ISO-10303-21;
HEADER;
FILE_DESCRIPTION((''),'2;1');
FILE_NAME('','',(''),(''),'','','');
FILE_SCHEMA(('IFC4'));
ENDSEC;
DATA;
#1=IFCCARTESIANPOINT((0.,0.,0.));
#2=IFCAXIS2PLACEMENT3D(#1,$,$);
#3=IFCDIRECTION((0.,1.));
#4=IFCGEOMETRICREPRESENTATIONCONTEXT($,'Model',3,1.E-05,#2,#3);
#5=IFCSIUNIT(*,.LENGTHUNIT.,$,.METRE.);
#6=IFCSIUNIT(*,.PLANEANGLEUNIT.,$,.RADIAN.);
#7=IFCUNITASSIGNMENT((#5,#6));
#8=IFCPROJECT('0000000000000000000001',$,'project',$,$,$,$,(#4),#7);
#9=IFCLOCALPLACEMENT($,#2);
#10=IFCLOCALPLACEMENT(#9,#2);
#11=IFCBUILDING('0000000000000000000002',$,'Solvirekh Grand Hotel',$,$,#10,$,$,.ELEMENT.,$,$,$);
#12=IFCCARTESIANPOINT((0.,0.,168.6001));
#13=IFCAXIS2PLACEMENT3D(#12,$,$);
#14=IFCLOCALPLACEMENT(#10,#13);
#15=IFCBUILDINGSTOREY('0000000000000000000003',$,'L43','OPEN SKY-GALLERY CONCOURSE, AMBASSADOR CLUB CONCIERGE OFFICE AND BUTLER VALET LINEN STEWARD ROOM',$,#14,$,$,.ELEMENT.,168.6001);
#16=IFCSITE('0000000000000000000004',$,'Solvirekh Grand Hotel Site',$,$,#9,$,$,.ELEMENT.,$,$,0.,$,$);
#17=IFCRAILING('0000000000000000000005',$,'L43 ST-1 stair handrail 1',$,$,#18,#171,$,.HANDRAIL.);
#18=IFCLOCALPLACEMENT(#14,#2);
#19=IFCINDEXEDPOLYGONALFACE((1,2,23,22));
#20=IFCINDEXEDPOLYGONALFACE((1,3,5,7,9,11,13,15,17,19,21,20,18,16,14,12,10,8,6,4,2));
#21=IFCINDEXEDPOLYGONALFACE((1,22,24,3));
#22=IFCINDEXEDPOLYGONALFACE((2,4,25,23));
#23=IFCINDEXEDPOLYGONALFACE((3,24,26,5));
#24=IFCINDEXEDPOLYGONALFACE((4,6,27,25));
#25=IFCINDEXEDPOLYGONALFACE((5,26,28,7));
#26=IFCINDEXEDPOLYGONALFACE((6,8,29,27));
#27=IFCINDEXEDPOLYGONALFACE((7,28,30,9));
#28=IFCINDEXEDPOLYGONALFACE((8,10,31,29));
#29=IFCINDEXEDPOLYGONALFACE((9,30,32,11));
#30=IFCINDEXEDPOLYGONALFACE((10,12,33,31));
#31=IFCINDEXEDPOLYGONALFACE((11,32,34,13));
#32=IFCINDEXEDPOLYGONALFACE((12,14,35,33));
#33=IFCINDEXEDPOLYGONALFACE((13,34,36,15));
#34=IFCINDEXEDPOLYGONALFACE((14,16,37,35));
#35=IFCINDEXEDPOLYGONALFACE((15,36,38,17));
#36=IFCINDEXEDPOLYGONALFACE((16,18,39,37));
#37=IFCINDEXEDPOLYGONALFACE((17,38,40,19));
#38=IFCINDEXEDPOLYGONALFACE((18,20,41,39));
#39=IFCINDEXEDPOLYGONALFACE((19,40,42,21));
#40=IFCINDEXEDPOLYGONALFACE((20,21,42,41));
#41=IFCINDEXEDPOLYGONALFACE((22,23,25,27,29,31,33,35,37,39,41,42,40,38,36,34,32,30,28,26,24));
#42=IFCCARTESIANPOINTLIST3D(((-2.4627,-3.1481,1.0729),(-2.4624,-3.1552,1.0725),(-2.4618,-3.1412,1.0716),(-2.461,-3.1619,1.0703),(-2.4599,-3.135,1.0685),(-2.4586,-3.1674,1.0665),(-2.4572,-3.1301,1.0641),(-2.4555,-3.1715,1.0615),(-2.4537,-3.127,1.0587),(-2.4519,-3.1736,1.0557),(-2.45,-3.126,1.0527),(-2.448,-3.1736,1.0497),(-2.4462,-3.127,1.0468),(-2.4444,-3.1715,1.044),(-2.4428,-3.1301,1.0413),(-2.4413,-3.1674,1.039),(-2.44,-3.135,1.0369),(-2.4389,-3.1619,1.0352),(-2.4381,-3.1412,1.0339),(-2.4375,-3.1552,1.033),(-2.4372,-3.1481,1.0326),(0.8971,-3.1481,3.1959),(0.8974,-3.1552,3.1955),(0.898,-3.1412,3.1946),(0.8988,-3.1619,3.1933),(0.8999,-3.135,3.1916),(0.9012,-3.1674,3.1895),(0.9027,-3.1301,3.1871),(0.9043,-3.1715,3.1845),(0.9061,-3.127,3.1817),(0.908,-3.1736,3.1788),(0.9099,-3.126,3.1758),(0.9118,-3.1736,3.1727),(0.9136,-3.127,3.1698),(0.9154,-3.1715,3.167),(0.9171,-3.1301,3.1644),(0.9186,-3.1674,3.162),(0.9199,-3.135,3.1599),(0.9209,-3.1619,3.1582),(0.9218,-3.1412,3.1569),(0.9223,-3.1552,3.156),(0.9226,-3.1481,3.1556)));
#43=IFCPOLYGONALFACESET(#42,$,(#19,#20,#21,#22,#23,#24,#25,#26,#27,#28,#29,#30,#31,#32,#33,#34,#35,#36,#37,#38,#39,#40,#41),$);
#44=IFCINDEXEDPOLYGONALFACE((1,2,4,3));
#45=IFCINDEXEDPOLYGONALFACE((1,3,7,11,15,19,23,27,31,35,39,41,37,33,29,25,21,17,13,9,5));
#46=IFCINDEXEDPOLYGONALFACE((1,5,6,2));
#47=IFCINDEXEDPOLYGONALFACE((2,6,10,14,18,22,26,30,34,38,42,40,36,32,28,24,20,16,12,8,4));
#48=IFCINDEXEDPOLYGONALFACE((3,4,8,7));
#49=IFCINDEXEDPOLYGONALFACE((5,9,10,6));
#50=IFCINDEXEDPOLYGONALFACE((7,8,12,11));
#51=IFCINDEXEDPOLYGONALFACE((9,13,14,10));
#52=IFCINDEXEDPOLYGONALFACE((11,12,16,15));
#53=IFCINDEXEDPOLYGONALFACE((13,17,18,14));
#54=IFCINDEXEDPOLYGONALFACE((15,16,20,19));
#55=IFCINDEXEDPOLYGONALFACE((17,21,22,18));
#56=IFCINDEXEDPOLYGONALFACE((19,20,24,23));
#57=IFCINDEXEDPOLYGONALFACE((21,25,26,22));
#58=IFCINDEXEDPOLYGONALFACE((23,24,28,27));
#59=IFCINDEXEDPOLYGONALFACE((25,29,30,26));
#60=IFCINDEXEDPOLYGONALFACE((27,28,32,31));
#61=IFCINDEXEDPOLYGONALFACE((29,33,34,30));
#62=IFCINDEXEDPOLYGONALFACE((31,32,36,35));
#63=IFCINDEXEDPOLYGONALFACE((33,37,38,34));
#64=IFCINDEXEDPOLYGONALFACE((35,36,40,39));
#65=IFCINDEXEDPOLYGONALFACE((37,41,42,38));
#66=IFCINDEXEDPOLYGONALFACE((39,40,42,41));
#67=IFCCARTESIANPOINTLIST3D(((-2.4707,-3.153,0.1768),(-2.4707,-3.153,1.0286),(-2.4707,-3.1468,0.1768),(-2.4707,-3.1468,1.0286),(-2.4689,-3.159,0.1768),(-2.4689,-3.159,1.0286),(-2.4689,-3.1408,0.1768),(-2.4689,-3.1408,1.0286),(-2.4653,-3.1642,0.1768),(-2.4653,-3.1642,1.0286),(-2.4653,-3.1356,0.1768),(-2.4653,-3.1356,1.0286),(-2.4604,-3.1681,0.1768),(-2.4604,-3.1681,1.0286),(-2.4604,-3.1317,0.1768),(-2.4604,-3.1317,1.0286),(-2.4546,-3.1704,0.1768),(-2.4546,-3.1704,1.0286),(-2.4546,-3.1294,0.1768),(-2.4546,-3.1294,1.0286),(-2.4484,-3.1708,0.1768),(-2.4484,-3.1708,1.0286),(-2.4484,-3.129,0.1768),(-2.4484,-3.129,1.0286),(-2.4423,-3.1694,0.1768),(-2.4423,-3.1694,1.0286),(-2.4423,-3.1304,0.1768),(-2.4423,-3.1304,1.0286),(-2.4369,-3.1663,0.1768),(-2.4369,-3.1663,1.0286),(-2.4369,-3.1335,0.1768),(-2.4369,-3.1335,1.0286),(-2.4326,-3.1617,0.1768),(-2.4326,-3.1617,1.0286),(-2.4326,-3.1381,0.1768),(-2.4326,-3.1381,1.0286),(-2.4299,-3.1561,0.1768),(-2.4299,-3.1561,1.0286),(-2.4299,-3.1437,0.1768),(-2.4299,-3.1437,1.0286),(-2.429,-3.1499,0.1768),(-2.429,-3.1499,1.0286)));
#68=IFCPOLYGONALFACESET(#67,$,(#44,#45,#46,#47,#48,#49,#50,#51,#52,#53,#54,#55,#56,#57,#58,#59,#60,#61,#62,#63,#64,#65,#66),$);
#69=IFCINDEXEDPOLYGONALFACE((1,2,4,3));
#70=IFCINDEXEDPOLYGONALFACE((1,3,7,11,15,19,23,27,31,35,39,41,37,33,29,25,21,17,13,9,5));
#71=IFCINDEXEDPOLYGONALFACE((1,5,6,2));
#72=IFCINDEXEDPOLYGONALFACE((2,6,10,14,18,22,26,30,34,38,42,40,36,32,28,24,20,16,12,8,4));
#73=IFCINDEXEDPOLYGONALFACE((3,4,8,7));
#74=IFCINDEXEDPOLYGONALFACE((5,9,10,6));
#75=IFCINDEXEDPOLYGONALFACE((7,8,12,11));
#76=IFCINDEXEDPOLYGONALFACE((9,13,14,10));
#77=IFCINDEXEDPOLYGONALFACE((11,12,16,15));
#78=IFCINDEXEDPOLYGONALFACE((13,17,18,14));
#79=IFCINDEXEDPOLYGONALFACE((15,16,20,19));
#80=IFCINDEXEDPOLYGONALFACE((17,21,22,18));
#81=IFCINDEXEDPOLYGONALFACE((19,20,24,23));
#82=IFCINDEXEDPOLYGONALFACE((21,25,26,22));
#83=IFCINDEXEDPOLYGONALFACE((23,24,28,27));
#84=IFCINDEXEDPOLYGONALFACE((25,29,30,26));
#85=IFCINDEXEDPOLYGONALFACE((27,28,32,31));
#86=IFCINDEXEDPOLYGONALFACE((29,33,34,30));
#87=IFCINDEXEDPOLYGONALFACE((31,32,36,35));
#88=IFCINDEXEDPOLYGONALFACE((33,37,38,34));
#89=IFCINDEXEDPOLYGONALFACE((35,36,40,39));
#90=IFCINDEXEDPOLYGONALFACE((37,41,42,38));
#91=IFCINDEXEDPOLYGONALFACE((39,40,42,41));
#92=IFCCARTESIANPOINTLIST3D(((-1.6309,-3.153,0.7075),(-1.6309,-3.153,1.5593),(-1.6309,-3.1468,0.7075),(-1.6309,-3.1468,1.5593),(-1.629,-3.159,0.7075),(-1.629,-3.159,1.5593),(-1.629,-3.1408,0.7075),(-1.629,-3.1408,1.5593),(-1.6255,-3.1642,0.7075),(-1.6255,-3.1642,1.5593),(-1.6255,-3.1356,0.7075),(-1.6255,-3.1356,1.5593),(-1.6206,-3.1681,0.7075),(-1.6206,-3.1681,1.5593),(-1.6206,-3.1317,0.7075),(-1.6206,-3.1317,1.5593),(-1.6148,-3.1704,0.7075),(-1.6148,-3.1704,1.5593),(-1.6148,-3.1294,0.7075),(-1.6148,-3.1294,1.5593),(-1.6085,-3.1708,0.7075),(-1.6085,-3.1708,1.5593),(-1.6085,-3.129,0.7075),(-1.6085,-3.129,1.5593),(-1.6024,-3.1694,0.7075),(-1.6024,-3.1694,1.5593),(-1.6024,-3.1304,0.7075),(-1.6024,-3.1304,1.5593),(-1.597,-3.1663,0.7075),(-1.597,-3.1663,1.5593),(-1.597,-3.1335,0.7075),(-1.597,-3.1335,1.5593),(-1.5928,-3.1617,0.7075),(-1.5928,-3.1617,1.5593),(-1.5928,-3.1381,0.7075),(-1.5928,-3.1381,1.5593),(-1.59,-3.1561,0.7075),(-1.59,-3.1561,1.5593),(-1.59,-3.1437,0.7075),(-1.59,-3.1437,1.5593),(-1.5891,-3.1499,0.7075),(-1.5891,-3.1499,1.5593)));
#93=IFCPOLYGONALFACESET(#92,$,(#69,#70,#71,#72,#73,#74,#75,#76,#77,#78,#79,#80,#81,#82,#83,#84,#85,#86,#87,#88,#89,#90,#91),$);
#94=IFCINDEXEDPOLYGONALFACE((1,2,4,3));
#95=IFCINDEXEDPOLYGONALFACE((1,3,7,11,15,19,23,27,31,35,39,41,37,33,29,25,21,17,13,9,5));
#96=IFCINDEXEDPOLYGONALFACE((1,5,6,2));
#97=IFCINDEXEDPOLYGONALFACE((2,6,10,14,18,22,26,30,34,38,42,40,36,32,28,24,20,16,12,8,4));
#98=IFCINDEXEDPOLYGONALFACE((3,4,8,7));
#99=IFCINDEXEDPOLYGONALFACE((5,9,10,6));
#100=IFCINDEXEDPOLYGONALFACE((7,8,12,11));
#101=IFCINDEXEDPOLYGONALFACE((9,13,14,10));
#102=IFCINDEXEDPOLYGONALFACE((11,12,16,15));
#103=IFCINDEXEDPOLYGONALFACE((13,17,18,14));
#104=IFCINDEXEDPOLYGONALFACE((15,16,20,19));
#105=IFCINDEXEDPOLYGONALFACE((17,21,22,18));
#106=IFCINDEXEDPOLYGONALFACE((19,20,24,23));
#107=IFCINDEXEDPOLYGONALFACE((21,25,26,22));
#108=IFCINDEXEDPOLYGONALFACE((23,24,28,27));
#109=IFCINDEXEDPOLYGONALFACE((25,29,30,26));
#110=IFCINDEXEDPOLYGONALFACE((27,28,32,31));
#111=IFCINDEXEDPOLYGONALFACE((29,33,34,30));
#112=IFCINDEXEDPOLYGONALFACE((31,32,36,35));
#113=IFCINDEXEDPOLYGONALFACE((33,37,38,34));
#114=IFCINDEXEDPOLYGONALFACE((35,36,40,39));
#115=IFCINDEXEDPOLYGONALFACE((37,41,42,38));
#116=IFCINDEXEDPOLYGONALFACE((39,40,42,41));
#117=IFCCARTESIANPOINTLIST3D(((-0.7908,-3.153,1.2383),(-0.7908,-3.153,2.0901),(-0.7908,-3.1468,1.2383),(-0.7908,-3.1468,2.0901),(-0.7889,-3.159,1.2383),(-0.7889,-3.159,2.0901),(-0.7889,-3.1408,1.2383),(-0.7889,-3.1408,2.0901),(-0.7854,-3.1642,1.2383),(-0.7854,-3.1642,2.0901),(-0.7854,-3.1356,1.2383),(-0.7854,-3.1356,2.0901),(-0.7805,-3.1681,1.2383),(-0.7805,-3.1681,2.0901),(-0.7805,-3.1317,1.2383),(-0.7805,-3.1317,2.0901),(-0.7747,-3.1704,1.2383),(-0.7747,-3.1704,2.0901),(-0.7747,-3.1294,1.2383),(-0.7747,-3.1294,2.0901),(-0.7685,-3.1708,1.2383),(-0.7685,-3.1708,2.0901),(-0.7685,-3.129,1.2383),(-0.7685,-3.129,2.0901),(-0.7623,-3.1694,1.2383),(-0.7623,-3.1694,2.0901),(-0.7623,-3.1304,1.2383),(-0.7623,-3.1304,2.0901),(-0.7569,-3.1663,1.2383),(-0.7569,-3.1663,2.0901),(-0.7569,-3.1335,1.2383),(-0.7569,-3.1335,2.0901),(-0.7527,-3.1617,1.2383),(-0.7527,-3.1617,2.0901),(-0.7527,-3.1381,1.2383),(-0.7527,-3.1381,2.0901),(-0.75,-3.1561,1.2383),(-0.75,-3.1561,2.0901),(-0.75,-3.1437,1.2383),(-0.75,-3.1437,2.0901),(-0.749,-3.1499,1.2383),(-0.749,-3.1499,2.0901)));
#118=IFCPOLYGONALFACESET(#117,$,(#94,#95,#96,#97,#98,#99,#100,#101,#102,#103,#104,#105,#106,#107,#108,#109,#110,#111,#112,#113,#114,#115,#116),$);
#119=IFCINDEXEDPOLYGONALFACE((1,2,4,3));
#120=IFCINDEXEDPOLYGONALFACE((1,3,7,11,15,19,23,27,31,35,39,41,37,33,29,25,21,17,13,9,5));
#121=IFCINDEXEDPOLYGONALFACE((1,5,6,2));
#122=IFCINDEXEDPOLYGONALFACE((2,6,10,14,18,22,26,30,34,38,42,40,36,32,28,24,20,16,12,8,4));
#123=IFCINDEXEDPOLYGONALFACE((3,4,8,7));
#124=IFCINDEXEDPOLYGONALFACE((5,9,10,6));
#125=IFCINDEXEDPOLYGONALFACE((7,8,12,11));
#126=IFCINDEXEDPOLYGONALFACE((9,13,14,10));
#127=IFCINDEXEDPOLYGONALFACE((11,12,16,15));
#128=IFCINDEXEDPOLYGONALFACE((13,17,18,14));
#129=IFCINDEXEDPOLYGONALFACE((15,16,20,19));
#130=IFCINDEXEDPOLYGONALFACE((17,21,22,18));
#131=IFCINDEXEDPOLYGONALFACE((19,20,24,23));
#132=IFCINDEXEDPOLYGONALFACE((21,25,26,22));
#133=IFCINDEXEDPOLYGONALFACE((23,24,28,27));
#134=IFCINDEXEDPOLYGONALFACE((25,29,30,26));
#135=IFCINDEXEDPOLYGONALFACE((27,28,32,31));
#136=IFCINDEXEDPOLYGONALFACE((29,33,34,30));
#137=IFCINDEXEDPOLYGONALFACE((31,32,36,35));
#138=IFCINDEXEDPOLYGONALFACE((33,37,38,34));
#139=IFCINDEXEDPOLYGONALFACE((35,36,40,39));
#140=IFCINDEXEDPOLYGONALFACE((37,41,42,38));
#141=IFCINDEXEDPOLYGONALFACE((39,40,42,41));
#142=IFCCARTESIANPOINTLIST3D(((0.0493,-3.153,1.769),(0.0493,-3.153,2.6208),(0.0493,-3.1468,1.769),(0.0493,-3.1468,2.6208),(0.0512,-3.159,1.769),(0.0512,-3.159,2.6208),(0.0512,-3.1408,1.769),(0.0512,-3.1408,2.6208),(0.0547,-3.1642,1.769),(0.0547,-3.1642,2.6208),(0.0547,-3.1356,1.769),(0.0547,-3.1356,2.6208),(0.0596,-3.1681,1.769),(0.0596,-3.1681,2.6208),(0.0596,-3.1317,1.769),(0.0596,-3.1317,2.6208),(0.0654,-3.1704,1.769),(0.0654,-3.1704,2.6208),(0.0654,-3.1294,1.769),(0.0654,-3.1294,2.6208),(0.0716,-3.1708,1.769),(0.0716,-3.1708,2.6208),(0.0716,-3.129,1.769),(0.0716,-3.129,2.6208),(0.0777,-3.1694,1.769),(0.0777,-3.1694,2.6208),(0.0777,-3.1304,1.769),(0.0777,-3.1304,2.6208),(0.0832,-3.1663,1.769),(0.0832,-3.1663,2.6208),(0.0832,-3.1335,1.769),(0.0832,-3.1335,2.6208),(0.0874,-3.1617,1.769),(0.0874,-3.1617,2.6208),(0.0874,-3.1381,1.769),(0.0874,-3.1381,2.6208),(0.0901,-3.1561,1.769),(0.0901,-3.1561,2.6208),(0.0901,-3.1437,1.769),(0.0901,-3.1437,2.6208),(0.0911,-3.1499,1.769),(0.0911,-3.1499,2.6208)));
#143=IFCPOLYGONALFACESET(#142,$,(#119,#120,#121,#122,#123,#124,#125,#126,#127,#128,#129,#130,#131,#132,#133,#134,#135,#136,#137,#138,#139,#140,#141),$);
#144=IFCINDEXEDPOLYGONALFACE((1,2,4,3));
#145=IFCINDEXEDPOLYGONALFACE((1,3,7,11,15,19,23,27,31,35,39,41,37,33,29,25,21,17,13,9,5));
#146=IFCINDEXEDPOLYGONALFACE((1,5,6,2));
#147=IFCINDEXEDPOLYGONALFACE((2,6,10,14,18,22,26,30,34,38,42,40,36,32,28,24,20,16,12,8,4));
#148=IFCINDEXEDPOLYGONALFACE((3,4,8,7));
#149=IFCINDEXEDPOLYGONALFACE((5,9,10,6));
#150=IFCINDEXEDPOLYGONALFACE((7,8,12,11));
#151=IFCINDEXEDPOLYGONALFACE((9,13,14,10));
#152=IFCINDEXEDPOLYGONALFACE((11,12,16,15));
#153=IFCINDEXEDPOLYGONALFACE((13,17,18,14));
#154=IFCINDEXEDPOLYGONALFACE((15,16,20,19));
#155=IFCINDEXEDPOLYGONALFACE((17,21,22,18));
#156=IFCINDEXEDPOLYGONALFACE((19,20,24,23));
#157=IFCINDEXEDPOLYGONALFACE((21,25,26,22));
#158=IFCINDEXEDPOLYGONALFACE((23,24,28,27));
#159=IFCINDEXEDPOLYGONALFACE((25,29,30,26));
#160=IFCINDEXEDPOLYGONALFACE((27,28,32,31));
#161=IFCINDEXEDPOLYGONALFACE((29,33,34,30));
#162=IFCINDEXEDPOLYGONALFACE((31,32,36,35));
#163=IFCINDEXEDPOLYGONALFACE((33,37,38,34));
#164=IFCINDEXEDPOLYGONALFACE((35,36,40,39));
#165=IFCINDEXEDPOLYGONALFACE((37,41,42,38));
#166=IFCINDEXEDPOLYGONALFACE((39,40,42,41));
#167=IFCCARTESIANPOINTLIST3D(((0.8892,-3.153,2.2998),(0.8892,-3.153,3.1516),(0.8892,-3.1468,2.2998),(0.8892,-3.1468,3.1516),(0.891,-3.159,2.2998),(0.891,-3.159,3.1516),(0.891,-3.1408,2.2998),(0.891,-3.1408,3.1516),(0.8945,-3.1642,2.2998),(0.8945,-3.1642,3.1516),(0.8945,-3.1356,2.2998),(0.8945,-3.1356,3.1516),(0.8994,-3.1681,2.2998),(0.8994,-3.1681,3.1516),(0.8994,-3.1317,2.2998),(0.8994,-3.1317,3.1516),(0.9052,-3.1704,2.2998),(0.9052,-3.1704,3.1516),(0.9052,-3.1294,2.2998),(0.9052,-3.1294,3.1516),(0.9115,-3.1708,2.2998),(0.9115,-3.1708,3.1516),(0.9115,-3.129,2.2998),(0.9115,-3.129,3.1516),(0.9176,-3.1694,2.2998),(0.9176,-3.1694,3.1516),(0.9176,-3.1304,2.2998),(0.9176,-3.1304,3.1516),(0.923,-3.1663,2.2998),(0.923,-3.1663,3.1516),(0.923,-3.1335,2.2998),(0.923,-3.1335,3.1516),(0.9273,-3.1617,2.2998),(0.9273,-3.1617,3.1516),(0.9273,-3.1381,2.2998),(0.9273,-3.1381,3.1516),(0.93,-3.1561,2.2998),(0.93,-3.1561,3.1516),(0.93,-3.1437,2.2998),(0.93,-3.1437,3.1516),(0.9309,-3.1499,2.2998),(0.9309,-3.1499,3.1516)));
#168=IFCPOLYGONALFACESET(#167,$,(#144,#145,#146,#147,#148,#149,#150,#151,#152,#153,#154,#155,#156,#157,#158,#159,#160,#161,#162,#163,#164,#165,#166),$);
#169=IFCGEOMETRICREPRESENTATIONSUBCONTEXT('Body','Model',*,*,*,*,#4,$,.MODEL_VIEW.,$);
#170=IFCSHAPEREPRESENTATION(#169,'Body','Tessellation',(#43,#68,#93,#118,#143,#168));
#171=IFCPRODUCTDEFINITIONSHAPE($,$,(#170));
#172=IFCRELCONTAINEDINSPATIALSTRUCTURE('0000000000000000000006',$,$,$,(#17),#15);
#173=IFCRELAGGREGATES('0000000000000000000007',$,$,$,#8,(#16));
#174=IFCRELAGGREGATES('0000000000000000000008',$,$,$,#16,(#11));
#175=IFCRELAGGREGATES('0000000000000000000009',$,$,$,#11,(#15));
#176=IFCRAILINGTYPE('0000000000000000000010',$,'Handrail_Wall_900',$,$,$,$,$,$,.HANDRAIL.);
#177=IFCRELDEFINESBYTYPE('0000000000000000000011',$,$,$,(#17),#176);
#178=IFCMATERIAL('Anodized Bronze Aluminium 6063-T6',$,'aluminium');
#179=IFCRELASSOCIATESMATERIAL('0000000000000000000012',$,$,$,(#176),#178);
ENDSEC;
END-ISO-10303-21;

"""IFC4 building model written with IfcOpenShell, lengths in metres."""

from ifc_helpers import new_model, si_unit, direction, frame, origin, origin_2d, place, context, subcontext, project, spatial, circle, extrude, material, type_object, element, save


model = new_model("IFC4")

# Units and contexts
model_context = context("Model", 3, precision=1e-05, world=origin(), true_north=direction((0.0, 1.0)))
body_context = subcontext(model_context, "Body", "Model", "MODEL_VIEW")
ifc_project = project(units=[si_unit("LENGTHUNIT", "METRE"), si_unit("PLANEANGLEUNIT", "RADIAN")], contexts=[model_context])

# Site, building, storey
site_placement = place(None, origin())
site = spatial("IfcSite", under=ifc_project, at=site_placement, Name="Solvirekh Grand Hotel Site", CompositionType="ELEMENT", RefElevation=0.0)
building_placement = place(site_placement, origin())
building = spatial("IfcBuilding", under=site, at=building_placement, Name="Solvirekh Grand Hotel", CompositionType="ELEMENT")
storey_placement = place(building_placement, frame((0.0, 0.0, 168.6001)))
storey = spatial("IfcBuildingStorey", under=building, at=storey_placement, Name="L43", Description="OPEN SKY-GALLERY CONCOURSE, AMBASSADOR CLUB CONCIERGE OFFICE AND BUTLER VALET LINEN STEWARD ROOM", CompositionType="ELEMENT", Elevation=168.6001)

# Shared definitions
ifc_material_1 = material(Name="Anodized Bronze Aluminium 6063-T6", Category="aluminium")

# Railing
railing_type_1 = type_object("IfcRailingType", Name="Handrail_Wall_900", PredefinedType="HANDRAIL", material=ifc_material_1)
for number, where, name in (
    (1, (-2.45, -3.1499, 0.1768), "L43 ST-1 stair handrail 1"),
):
    element("IfcRailing", number, at=place(storey_placement, frame(where)), inside=storey, type_object=railing_type_1, Name=name, PredefinedType="HANDRAIL", context=body_context, shape_type="SweptSolid", body=[
        extrude(circle(Radius=0.0239, at=origin_2d()), frame((0.0, 0.0, 0.876), z_axis=(0.845372, 0.0, 0.534178), x_axis=(0.0, 1.0, 0.0)), (0.0, 0.0, 1.0), 3.9744),
        extrude(circle(Radius=0.021, at=origin_2d()), origin(), (0.0, 0.0, 1.0), 0.8518),
        extrude(circle(Radius=0.021, at=origin_2d()), frame((0.8398, 0.0, 0.5308)), (0.0, 0.0, 1.0), 0.8518),
        extrude(circle(Radius=0.021, at=origin_2d()), frame((1.6799, 0.0, 1.0615)), (0.0, 0.0, 1.0), 0.8518),
        extrude(circle(Radius=0.021, at=origin_2d()), frame((2.52, 0.0, 1.5923)), (0.0, 0.0, 1.0), 0.8518),
        extrude(circle(Radius=0.021, at=origin_2d()), frame((3.3599, 0.0, 2.123)), (0.0, 0.0, 1.0), 0.8518),
    ])

save(model, "model.ifc")
